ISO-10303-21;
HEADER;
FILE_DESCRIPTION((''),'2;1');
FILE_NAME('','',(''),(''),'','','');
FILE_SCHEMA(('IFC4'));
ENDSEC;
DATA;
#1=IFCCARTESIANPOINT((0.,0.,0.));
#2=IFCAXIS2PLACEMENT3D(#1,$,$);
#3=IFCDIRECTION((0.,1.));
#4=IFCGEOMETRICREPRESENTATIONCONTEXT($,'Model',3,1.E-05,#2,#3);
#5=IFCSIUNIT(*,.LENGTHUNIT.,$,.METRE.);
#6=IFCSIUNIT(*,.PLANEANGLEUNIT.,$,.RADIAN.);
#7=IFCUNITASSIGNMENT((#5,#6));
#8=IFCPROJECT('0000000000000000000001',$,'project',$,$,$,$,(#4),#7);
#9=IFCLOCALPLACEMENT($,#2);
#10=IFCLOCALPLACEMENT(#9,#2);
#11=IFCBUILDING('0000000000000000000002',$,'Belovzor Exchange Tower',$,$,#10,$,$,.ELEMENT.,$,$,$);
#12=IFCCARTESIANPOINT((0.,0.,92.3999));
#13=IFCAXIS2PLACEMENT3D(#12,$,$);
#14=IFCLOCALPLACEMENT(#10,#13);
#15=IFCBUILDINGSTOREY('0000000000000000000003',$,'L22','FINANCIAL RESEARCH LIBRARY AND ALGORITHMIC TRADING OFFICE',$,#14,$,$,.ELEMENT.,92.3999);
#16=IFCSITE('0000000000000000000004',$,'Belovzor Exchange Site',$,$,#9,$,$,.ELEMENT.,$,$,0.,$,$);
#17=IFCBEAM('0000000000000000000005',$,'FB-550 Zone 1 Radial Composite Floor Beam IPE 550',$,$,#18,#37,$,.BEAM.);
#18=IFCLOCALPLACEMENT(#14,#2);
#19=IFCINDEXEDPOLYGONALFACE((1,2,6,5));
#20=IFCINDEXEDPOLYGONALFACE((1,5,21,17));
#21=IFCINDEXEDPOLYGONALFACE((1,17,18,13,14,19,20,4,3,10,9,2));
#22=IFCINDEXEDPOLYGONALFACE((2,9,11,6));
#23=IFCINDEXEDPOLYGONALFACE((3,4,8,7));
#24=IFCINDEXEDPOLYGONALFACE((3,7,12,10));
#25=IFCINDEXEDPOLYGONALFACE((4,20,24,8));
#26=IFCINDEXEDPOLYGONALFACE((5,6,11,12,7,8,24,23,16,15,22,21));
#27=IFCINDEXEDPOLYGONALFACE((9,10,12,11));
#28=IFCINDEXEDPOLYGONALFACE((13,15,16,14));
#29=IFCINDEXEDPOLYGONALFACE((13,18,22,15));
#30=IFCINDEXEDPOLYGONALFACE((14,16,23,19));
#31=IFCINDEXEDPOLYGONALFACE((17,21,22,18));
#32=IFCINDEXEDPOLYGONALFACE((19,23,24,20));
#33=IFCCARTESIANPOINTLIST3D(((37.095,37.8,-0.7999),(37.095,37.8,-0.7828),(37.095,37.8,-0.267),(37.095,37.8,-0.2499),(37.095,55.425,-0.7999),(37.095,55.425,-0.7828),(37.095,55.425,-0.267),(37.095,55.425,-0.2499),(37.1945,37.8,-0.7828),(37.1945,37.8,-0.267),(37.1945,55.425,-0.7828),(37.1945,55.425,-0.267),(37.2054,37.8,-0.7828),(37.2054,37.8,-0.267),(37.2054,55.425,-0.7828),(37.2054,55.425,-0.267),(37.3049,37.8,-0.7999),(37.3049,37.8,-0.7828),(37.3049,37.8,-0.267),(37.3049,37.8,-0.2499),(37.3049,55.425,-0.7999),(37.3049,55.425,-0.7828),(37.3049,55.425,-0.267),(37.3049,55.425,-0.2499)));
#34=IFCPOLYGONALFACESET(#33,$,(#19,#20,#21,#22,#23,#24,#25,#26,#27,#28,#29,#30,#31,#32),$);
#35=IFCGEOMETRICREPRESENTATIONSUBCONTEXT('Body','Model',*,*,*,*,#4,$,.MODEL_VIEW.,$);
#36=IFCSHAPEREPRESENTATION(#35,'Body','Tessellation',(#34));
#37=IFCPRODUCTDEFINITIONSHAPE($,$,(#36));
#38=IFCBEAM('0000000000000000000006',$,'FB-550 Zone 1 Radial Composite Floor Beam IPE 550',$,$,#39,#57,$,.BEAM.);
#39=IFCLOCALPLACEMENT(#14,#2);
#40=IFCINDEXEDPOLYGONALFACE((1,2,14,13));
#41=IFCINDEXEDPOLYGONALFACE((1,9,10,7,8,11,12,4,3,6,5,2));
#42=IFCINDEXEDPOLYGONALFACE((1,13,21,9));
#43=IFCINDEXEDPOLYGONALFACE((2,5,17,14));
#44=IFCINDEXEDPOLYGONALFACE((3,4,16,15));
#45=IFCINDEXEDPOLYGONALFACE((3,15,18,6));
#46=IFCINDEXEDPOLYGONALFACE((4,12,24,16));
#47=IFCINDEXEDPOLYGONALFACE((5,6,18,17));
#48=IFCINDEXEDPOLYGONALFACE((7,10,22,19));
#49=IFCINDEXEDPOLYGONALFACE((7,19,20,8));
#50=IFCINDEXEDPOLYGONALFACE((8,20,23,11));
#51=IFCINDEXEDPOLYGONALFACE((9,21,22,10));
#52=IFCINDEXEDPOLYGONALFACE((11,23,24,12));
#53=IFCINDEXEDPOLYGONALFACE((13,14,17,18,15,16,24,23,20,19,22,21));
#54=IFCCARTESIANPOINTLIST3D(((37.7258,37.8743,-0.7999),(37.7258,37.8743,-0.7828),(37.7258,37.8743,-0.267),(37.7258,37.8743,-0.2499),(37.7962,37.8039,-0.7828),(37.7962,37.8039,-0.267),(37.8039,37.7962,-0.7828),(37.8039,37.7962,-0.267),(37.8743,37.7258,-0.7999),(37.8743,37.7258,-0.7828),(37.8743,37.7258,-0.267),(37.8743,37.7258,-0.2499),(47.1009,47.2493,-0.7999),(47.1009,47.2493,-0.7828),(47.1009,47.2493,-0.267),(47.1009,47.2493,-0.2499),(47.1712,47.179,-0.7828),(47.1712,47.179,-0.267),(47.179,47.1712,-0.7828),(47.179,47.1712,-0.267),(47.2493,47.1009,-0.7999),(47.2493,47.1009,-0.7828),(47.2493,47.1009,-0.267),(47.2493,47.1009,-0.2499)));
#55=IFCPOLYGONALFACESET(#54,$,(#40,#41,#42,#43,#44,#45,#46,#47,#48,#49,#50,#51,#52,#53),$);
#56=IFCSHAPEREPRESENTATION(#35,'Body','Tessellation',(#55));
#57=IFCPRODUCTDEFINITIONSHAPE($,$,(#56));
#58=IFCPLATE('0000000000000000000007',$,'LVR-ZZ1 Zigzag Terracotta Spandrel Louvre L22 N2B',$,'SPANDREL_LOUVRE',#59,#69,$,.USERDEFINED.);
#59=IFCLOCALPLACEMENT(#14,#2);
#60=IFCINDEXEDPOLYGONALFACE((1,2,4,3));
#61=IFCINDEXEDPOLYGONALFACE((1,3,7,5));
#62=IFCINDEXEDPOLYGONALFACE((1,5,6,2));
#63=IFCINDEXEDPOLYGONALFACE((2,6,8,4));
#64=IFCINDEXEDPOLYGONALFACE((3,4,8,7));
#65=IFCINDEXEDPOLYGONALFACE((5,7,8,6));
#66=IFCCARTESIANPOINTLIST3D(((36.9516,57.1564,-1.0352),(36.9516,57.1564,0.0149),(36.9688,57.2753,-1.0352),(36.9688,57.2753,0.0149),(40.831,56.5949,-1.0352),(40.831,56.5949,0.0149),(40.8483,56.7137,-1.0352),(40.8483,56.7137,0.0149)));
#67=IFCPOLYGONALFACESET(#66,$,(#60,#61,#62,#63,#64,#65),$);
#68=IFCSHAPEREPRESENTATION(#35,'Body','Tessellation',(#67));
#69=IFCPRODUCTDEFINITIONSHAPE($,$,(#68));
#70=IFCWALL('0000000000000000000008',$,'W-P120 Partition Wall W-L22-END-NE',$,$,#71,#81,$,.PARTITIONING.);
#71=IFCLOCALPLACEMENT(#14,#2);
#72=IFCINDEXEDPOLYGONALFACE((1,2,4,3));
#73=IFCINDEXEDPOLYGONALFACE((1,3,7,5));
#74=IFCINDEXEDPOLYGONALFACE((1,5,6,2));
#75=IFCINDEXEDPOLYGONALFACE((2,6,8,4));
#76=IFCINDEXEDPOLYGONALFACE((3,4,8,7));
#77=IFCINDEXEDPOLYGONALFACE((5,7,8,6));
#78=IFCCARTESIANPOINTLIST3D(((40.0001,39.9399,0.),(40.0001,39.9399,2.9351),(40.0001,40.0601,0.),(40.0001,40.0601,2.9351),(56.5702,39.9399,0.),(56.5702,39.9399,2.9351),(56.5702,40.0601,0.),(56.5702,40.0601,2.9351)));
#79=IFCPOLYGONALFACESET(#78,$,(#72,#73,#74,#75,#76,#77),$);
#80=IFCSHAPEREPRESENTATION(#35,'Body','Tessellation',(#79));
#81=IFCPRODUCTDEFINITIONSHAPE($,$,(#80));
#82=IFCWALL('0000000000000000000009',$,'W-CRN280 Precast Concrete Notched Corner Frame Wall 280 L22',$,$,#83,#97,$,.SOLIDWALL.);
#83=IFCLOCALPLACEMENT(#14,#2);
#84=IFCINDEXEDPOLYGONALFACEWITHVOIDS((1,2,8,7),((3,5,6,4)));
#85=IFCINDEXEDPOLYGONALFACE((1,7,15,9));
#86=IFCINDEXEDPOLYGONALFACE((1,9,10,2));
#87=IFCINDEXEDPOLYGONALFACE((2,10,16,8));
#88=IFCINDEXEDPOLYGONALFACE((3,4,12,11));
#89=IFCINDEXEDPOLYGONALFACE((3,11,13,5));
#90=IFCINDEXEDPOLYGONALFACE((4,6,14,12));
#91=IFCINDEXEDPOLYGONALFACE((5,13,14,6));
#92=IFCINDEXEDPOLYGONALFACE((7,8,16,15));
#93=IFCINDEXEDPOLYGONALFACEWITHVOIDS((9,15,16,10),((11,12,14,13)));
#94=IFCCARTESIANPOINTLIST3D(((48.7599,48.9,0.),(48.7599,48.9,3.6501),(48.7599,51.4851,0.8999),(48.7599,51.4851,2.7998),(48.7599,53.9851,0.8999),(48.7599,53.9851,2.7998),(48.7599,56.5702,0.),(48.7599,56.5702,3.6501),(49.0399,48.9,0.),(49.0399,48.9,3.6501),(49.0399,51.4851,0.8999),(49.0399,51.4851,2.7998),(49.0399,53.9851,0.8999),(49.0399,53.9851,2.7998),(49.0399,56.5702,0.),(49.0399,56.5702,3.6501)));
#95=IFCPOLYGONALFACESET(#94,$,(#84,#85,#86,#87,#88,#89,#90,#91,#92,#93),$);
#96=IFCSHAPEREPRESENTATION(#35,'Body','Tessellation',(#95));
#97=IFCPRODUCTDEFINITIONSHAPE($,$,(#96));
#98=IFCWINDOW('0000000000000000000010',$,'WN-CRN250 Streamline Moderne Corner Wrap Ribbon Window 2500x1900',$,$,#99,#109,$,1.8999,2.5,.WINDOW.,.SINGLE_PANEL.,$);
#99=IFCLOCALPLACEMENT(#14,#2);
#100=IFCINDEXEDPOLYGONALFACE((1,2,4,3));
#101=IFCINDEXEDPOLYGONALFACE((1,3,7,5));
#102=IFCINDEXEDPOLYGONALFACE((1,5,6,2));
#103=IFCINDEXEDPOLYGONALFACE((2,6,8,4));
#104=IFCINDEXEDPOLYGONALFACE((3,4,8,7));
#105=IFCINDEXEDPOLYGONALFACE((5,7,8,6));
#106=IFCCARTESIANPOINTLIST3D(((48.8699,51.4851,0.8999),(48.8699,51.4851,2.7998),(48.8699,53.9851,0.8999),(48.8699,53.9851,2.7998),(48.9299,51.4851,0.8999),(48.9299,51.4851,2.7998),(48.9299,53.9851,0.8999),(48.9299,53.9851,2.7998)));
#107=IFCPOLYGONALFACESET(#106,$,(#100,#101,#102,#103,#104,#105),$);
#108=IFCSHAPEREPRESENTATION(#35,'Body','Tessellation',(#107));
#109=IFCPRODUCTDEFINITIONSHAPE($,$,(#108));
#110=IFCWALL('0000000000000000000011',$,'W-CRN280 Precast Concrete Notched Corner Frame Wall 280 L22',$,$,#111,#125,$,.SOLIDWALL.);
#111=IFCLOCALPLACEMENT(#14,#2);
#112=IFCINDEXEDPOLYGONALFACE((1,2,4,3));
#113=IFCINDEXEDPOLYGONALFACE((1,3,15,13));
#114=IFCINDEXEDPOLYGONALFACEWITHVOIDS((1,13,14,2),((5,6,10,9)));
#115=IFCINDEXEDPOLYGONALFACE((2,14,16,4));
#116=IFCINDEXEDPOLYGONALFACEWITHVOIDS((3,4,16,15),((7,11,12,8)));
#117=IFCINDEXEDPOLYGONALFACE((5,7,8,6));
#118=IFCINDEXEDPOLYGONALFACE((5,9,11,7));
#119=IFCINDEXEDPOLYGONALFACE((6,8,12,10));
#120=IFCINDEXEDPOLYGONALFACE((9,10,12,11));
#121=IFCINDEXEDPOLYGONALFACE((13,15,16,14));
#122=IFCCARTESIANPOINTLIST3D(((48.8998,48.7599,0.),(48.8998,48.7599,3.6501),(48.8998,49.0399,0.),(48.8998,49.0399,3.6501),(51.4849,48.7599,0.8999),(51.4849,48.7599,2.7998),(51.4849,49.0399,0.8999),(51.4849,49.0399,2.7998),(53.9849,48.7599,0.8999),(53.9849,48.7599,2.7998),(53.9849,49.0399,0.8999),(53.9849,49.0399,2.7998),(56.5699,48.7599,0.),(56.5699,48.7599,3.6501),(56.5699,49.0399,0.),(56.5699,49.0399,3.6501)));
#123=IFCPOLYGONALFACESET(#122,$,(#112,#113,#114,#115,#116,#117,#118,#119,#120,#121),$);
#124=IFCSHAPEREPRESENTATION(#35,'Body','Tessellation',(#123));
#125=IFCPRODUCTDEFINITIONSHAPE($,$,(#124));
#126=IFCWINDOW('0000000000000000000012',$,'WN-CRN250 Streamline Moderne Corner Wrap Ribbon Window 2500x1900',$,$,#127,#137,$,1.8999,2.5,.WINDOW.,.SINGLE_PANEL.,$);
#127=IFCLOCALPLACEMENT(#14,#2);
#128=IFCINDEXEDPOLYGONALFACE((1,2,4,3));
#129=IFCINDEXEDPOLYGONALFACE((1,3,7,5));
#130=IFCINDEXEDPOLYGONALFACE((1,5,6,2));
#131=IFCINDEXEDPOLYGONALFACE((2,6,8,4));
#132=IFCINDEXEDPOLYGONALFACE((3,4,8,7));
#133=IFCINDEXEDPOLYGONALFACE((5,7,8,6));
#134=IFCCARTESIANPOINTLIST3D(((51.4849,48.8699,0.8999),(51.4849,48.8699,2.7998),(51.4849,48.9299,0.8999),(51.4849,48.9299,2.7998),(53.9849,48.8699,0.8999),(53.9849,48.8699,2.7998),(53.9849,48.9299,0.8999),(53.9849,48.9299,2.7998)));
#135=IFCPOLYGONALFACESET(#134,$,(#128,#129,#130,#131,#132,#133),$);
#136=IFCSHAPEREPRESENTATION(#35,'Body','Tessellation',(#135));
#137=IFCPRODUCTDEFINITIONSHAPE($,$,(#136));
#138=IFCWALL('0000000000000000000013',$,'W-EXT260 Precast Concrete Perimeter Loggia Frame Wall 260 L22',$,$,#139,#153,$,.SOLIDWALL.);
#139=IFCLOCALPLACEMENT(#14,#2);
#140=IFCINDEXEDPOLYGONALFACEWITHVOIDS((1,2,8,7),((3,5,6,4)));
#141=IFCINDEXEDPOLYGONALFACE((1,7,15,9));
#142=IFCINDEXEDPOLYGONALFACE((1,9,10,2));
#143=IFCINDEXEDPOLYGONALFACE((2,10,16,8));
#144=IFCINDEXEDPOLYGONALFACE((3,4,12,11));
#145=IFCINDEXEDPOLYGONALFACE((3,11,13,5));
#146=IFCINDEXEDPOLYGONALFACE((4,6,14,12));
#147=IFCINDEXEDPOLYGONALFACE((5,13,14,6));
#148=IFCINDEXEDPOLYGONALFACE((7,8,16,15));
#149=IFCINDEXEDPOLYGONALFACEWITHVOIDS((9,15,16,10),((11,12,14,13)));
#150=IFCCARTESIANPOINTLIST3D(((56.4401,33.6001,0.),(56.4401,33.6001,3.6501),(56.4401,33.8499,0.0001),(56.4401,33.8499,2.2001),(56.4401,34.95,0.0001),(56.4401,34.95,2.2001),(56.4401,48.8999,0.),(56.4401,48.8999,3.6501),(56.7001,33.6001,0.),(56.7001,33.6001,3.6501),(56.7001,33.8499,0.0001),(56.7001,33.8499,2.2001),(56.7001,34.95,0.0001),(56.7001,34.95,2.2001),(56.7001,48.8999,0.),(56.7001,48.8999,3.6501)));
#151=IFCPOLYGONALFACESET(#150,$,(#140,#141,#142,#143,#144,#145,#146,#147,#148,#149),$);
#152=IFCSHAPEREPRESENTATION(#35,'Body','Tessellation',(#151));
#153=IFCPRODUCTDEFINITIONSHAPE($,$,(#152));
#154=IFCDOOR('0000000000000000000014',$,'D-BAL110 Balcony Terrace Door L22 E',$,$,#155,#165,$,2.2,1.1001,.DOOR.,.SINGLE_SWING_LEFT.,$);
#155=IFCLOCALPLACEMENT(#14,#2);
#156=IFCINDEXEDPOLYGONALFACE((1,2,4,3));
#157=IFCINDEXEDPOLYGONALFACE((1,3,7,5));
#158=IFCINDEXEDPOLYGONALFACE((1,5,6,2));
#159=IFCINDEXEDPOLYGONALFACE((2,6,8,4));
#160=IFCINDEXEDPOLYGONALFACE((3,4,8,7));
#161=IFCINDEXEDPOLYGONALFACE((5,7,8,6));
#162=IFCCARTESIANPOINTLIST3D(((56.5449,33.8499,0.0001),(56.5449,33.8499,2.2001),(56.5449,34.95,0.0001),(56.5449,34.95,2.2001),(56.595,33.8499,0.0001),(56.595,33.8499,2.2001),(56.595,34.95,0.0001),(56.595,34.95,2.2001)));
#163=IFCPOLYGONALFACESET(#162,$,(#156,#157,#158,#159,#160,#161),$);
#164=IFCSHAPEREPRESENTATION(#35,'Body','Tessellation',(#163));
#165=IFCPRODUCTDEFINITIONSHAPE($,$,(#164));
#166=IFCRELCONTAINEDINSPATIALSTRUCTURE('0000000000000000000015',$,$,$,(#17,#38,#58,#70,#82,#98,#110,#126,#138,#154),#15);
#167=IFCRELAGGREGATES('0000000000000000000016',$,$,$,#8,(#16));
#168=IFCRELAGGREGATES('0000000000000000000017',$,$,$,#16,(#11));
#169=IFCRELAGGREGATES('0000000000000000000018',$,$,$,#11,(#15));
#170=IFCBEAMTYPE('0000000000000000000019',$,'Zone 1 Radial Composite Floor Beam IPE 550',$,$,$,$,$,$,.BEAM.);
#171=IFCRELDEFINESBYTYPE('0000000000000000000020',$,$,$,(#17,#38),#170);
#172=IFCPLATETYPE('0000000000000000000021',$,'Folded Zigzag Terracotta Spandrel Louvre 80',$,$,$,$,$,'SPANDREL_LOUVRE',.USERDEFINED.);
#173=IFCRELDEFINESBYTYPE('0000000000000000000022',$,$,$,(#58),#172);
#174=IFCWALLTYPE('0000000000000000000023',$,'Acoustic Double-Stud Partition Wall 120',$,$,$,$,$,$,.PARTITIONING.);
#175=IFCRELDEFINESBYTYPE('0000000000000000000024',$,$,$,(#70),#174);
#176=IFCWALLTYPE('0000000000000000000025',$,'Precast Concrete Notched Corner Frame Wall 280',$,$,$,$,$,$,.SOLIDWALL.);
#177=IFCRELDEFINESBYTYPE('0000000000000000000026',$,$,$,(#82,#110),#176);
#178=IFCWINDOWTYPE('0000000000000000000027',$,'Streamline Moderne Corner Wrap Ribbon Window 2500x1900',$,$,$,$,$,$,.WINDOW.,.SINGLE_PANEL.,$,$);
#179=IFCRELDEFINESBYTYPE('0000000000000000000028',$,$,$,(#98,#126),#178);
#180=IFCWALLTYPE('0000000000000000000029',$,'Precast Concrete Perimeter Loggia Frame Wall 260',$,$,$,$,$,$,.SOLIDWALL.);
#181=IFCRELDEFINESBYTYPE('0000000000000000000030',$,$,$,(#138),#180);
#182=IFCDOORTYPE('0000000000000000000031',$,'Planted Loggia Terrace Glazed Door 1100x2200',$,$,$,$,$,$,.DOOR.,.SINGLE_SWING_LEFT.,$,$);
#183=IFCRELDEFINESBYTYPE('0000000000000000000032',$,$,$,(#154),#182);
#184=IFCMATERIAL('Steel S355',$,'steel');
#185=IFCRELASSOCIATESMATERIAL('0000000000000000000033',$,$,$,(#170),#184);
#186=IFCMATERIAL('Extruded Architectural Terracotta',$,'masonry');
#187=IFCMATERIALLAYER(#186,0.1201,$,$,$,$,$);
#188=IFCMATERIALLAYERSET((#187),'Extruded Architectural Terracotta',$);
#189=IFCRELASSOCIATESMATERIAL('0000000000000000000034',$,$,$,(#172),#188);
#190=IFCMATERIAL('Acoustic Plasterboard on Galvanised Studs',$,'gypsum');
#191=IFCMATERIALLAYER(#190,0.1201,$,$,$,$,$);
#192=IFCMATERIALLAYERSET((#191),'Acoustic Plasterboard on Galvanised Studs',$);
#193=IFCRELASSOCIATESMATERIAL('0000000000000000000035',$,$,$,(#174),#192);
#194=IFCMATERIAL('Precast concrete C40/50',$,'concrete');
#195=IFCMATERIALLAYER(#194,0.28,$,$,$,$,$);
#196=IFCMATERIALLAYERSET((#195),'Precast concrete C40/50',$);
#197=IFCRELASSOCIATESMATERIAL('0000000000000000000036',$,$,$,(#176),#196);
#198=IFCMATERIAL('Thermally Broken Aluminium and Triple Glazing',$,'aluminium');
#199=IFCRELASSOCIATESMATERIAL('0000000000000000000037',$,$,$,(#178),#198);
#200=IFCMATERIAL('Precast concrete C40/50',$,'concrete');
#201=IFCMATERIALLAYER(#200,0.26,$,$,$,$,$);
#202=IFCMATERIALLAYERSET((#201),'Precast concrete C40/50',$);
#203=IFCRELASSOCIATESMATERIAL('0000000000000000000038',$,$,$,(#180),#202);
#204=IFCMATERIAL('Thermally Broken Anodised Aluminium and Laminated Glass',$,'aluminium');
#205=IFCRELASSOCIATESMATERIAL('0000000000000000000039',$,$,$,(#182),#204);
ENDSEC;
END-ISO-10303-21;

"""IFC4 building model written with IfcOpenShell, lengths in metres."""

from ifc_helpers import new_model, si_unit, direction, frame, frame_2d, origin, origin_2d, place, context, subcontext, project, spatial, rectangle, i_section, extrude, material, layer, layer_set, material_profile, profile_set, type_object, element, fill, save


model = new_model("IFC4")

# Units and contexts
model_context = context("Model", 3, precision=1e-05, world=origin(), true_north=direction((0.0, 1.0)))
body_context = subcontext(model_context, "Body", "Model", "MODEL_VIEW")
ifc_project = project(units=[si_unit("LENGTHUNIT", "METRE"), si_unit("PLANEANGLEUNIT", "RADIAN")], contexts=[model_context])

# Site, building, storey
site_placement = place(None, origin())
site = spatial("IfcSite", under=ifc_project, at=site_placement, Name="Belovzor Exchange Site", CompositionType="ELEMENT", RefElevation=0.0)
building_placement = place(site_placement, origin())
building = spatial("IfcBuilding", under=site, at=building_placement, Name="Belovzor Exchange Tower", CompositionType="ELEMENT")
storey_placement = place(building_placement, frame((0.0, 0.0, 92.3999)))
storey = spatial("IfcBuildingStorey", under=building, at=storey_placement, Name="L22", Description="FINANCIAL RESEARCH LIBRARY AND ALGORITHMIC TRADING OFFICE", CompositionType="ELEMENT", Elevation=92.3999)

# Beams
ifc_material_1 = material(Name="Steel S355", Category="steel")
ifc_material_profile_1 = material_profile(ifc_material_1, i_section(OverallWidth=0.21, OverallDepth=0.55, WebThickness=0.011, FlangeThickness=0.0171, at=origin_2d()))
ifc_profile_set_1 = profile_set([ifc_material_profile_1], Name="Steel S355")
beam_type_1 = type_object("IfcBeamType", Name="Zone 1 Radial Composite Floor Beam IPE 550", PredefinedType="BEAM", material=ifc_profile_set_1)
beam_1_placement = place(storey_placement, frame((37.2, 37.8, -0.5249), z_axis=(0.0, 1.0, 0.0), x_axis=(-1.0, 0.0, 0.0)))
element("IfcBeam", 1, at=beam_1_placement, inside=storey, type_object=beam_type_1, Name="FB-550 Zone 1 Radial Composite Floor Beam IPE 550", PredefinedType="BEAM", context=body_context, shape_type="SweptSolid", body=[
    extrude(i_section(OverallWidth=0.21, OverallDepth=0.55, WebThickness=0.011, FlangeThickness=0.0171, at=origin_2d()), origin(), (0.0, 0.0, 1.0), 17.625),
])
beam_2_placement = place(storey_placement, frame((37.8, 37.8, -0.5249), z_axis=(0.707107, 0.707107, 0.0), x_axis=(-0.707107, 0.707107, 0.0)))
element("IfcBeam", 2, at=beam_2_placement, inside=storey, type_object=beam_type_1, Name="FB-550 Zone 1 Radial Composite Floor Beam IPE 550", PredefinedType="BEAM", context=body_context, shape_type="SweptSolid", body=[
    extrude(i_section(OverallWidth=0.21, OverallDepth=0.55, WebThickness=0.011, FlangeThickness=0.0171, at=origin_2d()), origin(), (0.0, 0.0, 1.0), 13.2583),
])

# Plate
ifc_material_2 = material(Name="Extruded Architectural Terracotta", Category="masonry")
ifc_layer_1 = layer(ifc_material_2, 0.1201)
ifc_layer_set_1 = layer_set([ifc_layer_1], Name="Extruded Architectural Terracotta")
plate_type = type_object("IfcPlateType", Name="Folded Zigzag Terracotta Spandrel Louvre 80", ElementType="SPANDREL_LOUVRE", PredefinedType="USERDEFINED", material=ifc_layer_set_1)
plate_placement = place(storey_placement, frame((38.8999, 56.9351, -1.0352), z_axis=(0.0, 0.0, 1.0), x_axis=(0.989686, -0.143251, 0.0)))
element("IfcPlate", 3, at=plate_placement, inside=storey, type_object=plate_type, Name="LVR-ZZ1 Zigzag Terracotta Spandrel Louvre L22 N2B", ObjectType="SPANDREL_LOUVRE", PredefinedType="USERDEFINED", context=body_context, shape_type="SweptSolid", body=[
    extrude(rectangle(XDim=3.9199, YDim=0.1201, at=origin_2d()), origin(), (0.0, 0.0, 1.0), 1.05),
])

# Wall
ifc_material_3 = material(Name="Acoustic Plasterboard on Galvanised Studs", Category="gypsum")
ifc_layer_2 = layer(ifc_material_3, 0.1201)
ifc_layer_set_2 = layer_set([ifc_layer_2], Name="Acoustic Plasterboard on Galvanised Studs")
wall_type_1 = type_object("IfcWallType", Name="Acoustic Double-Stud Partition Wall 120", PredefinedType="PARTITIONING", material=ifc_layer_set_2)
wall_1_placement = place(storey_placement, frame((40.0, 40.0, 0.0), z_axis=(0.0, 0.0, 1.0), x_axis=(1.0, 0.0, 0.0)))
element("IfcWall", 4, at=wall_1_placement, inside=storey, type_object=wall_type_1, Name="W-P120 Partition Wall W-L22-END-NE", PredefinedType="PARTITIONING", context=body_context, shape_type="SweptSolid", body=[
    extrude(rectangle(XDim=16.5701, YDim=0.1201, at=frame_2d((8.2852, 0.0))), origin(), (0.0, 0.0, 1.0), 2.9351),
])

# Walls, openings, windows
ifc_material_4 = material(Name="Precast concrete C40/50", Category="concrete")
ifc_layer_3 = layer(ifc_material_4, 0.28)
ifc_layer_set_3 = layer_set([ifc_layer_3], Name="Precast concrete C40/50")
wall_type_2 = type_object("IfcWallType", Name="Precast Concrete Notched Corner Frame Wall 280", PredefinedType="SOLIDWALL", material=ifc_layer_set_3)
wall_2_placement = place(storey_placement, frame((48.8999, 56.5701, 0.0), z_axis=(0.0, 0.0, 1.0), x_axis=(0.0, -1.0, 0.0)))
wall_2 = element("IfcWall", 5, at=wall_2_placement, inside=storey, type_object=wall_type_2, Name="W-CRN280 Precast Concrete Notched Corner Frame Wall 280 L22", PredefinedType="SOLIDWALL", context=body_context, shape_type="SweptSolid", body=[
    extrude(rectangle(XDim=7.6702, YDim=0.28, at=frame_2d((3.835, 0.0))), origin(), (0.0, 0.0, 1.0), 3.6501),
])
opening_1_placement = place(wall_2_placement, frame((2.585, 0.0, 0.8999)))
opening_1 = element("IfcOpeningElement", 6, at=opening_1_placement, cuts=wall_2, PredefinedType="OPENING", context=body_context, shape_type="SweptSolid", body=[
    extrude(rectangle(XDim=2.5, YDim=1.8999, at=frame_2d((1.25, 0.95))), frame((0.0, 0.1499, 0.0), z_axis=(0.0, -1.0, 0.0), x_axis=(1.0, 0.0, 0.0)), (0.0, 0.0, 1.0), 0.3),
])
ifc_material_5 = material(Name="Thermally Broken Aluminium and Triple Glazing", Category="aluminium")
window_type = type_object("IfcWindowType", Name="Streamline Moderne Corner Wrap Ribbon Window 2500x1900", PartitioningType="SINGLE_PANEL", PredefinedType="WINDOW", material=ifc_material_5)
window_1_placement = place(opening_1_placement, origin())
window_1 = element("IfcWindow", 7, at=window_1_placement, inside=storey, type_object=window_type, Name="WN-CRN250 Streamline Moderne Corner Wrap Ribbon Window 2500x1900", OverallHeight=1.8999, OverallWidth=2.5, PartitioningType="SINGLE_PANEL", PredefinedType="WINDOW", context=body_context, shape_type="SweptSolid", body=[
    extrude(rectangle(XDim=2.5, YDim=1.8999, at=frame_2d((1.25, 0.95))), frame((0.0, 0.03, 0.0), z_axis=(0.0, -1.0, 0.0), x_axis=(1.0, 0.0, 0.0)), (0.0, 0.0, 1.0), 0.0601),
])
fill(opening_1, window_1)
wall_3_placement = place(storey_placement, frame((48.8999, 48.8999, 0.0), z_axis=(0.0, 0.0, 1.0), x_axis=(1.0, 0.0, 0.0)))
wall_3 = element("IfcWall", 8, at=wall_3_placement, inside=storey, type_object=wall_type_2, Name="W-CRN280 Precast Concrete Notched Corner Frame Wall 280 L22", PredefinedType="SOLIDWALL", context=body_context, shape_type="SweptSolid", body=[
    extrude(rectangle(XDim=7.6702, YDim=0.28, at=frame_2d((3.835, 0.0))), origin(), (0.0, 0.0, 1.0), 3.6501),
])
opening_2_placement = place(wall_3_placement, frame((2.585, 0.0, 0.8999)))
opening_2 = element("IfcOpeningElement", 9, at=opening_2_placement, cuts=wall_3, PredefinedType="OPENING", context=body_context, shape_type="SweptSolid", body=[
    extrude(rectangle(XDim=2.5, YDim=1.8999, at=frame_2d((1.25, 0.95))), frame((0.0, 0.1499, 0.0), z_axis=(0.0, -1.0, 0.0), x_axis=(1.0, 0.0, 0.0)), (0.0, 0.0, 1.0), 0.3),
])
window_2_placement = place(opening_2_placement, origin())
window_2 = element("IfcWindow", 10, at=window_2_placement, inside=storey, type_object=window_type, Name="WN-CRN250 Streamline Moderne Corner Wrap Ribbon Window 2500x1900", OverallHeight=1.8999, OverallWidth=2.5, PartitioningType="SINGLE_PANEL", PredefinedType="WINDOW", context=body_context, shape_type="SweptSolid", body=[
    extrude(rectangle(XDim=2.5, YDim=1.8999, at=frame_2d((1.25, 0.95))), frame((0.0, 0.03, 0.0), z_axis=(0.0, -1.0, 0.0), x_axis=(1.0, 0.0, 0.0)), (0.0, 0.0, 1.0), 0.0601),
])
fill(opening_2, window_2)

# Wall, opening, door
ifc_material_6 = material(Name="Precast concrete C40/50", Category="concrete")
ifc_layer_4 = layer(ifc_material_6, 0.26)
ifc_layer_set_4 = layer_set([ifc_layer_4], Name="Precast concrete C40/50")
wall_type_3 = type_object("IfcWallType", Name="Precast Concrete Perimeter Loggia Frame Wall 260", PredefinedType="SOLIDWALL", material=ifc_layer_set_4)
wall_4_placement = place(storey_placement, frame((56.5701, 48.8999, 0.0), z_axis=(0.0, 0.0, 1.0), x_axis=(0.0, -1.0, 0.0)))
wall_4 = element("IfcWall", 11, at=wall_4_placement, inside=storey, type_object=wall_type_3, Name="W-EXT260 Precast Concrete Perimeter Loggia Frame Wall 260 L22", PredefinedType="SOLIDWALL", context=body_context, shape_type="SweptSolid", body=[
    extrude(rectangle(XDim=15.2998, YDim=0.26, at=frame_2d((7.6499, 0.0))), origin(), (0.0, 0.0, 1.0), 3.6501),
])
opening_3_placement = place(wall_4_placement, frame((13.95, 0.0, 0.0)))
opening_3 = element("IfcOpeningElement", 12, at=opening_3_placement, cuts=wall_4, PredefinedType="OPENING", context=body_context, shape_type="SweptSolid", body=[
    extrude(rectangle(XDim=1.1001, YDim=2.2, at=frame_2d((0.55, 1.1001))), frame((0.0, 0.1399, 0.0), z_axis=(0.0, -1.0, 0.0), x_axis=(1.0, 0.0, 0.0)), (0.0, 0.0, 1.0), 0.28),
])
ifc_material_7 = material(Name="Thermally Broken Anodised Aluminium and Laminated Glass", Category="aluminium")
door_type = type_object("IfcDoorType", Name="Planted Loggia Terrace Glazed Door 1100x2200", OperationType="SINGLE_SWING_LEFT", PredefinedType="DOOR", material=ifc_material_7)
door_placement = place(opening_3_placement, origin())
door = element("IfcDoor", 13, at=door_placement, inside=storey, type_object=door_type, Name="D-BAL110 Balcony Terrace Door L22 E", OperationType="SINGLE_SWING_LEFT", OverallHeight=2.2, OverallWidth=1.1001, PredefinedType="DOOR", context=body_context, shape_type="SweptSolid", body=[
    extrude(rectangle(XDim=1.1001, YDim=2.2, at=frame_2d((0.55, 1.1001))), frame((0.0, 0.0249, 0.0), z_axis=(0.0, -1.0, 0.0), x_axis=(1.0, 0.0, 0.0)), (0.0, 0.0, 1.0), 0.05),
])
fill(opening_3, door)

save(model, "model.ifc")
